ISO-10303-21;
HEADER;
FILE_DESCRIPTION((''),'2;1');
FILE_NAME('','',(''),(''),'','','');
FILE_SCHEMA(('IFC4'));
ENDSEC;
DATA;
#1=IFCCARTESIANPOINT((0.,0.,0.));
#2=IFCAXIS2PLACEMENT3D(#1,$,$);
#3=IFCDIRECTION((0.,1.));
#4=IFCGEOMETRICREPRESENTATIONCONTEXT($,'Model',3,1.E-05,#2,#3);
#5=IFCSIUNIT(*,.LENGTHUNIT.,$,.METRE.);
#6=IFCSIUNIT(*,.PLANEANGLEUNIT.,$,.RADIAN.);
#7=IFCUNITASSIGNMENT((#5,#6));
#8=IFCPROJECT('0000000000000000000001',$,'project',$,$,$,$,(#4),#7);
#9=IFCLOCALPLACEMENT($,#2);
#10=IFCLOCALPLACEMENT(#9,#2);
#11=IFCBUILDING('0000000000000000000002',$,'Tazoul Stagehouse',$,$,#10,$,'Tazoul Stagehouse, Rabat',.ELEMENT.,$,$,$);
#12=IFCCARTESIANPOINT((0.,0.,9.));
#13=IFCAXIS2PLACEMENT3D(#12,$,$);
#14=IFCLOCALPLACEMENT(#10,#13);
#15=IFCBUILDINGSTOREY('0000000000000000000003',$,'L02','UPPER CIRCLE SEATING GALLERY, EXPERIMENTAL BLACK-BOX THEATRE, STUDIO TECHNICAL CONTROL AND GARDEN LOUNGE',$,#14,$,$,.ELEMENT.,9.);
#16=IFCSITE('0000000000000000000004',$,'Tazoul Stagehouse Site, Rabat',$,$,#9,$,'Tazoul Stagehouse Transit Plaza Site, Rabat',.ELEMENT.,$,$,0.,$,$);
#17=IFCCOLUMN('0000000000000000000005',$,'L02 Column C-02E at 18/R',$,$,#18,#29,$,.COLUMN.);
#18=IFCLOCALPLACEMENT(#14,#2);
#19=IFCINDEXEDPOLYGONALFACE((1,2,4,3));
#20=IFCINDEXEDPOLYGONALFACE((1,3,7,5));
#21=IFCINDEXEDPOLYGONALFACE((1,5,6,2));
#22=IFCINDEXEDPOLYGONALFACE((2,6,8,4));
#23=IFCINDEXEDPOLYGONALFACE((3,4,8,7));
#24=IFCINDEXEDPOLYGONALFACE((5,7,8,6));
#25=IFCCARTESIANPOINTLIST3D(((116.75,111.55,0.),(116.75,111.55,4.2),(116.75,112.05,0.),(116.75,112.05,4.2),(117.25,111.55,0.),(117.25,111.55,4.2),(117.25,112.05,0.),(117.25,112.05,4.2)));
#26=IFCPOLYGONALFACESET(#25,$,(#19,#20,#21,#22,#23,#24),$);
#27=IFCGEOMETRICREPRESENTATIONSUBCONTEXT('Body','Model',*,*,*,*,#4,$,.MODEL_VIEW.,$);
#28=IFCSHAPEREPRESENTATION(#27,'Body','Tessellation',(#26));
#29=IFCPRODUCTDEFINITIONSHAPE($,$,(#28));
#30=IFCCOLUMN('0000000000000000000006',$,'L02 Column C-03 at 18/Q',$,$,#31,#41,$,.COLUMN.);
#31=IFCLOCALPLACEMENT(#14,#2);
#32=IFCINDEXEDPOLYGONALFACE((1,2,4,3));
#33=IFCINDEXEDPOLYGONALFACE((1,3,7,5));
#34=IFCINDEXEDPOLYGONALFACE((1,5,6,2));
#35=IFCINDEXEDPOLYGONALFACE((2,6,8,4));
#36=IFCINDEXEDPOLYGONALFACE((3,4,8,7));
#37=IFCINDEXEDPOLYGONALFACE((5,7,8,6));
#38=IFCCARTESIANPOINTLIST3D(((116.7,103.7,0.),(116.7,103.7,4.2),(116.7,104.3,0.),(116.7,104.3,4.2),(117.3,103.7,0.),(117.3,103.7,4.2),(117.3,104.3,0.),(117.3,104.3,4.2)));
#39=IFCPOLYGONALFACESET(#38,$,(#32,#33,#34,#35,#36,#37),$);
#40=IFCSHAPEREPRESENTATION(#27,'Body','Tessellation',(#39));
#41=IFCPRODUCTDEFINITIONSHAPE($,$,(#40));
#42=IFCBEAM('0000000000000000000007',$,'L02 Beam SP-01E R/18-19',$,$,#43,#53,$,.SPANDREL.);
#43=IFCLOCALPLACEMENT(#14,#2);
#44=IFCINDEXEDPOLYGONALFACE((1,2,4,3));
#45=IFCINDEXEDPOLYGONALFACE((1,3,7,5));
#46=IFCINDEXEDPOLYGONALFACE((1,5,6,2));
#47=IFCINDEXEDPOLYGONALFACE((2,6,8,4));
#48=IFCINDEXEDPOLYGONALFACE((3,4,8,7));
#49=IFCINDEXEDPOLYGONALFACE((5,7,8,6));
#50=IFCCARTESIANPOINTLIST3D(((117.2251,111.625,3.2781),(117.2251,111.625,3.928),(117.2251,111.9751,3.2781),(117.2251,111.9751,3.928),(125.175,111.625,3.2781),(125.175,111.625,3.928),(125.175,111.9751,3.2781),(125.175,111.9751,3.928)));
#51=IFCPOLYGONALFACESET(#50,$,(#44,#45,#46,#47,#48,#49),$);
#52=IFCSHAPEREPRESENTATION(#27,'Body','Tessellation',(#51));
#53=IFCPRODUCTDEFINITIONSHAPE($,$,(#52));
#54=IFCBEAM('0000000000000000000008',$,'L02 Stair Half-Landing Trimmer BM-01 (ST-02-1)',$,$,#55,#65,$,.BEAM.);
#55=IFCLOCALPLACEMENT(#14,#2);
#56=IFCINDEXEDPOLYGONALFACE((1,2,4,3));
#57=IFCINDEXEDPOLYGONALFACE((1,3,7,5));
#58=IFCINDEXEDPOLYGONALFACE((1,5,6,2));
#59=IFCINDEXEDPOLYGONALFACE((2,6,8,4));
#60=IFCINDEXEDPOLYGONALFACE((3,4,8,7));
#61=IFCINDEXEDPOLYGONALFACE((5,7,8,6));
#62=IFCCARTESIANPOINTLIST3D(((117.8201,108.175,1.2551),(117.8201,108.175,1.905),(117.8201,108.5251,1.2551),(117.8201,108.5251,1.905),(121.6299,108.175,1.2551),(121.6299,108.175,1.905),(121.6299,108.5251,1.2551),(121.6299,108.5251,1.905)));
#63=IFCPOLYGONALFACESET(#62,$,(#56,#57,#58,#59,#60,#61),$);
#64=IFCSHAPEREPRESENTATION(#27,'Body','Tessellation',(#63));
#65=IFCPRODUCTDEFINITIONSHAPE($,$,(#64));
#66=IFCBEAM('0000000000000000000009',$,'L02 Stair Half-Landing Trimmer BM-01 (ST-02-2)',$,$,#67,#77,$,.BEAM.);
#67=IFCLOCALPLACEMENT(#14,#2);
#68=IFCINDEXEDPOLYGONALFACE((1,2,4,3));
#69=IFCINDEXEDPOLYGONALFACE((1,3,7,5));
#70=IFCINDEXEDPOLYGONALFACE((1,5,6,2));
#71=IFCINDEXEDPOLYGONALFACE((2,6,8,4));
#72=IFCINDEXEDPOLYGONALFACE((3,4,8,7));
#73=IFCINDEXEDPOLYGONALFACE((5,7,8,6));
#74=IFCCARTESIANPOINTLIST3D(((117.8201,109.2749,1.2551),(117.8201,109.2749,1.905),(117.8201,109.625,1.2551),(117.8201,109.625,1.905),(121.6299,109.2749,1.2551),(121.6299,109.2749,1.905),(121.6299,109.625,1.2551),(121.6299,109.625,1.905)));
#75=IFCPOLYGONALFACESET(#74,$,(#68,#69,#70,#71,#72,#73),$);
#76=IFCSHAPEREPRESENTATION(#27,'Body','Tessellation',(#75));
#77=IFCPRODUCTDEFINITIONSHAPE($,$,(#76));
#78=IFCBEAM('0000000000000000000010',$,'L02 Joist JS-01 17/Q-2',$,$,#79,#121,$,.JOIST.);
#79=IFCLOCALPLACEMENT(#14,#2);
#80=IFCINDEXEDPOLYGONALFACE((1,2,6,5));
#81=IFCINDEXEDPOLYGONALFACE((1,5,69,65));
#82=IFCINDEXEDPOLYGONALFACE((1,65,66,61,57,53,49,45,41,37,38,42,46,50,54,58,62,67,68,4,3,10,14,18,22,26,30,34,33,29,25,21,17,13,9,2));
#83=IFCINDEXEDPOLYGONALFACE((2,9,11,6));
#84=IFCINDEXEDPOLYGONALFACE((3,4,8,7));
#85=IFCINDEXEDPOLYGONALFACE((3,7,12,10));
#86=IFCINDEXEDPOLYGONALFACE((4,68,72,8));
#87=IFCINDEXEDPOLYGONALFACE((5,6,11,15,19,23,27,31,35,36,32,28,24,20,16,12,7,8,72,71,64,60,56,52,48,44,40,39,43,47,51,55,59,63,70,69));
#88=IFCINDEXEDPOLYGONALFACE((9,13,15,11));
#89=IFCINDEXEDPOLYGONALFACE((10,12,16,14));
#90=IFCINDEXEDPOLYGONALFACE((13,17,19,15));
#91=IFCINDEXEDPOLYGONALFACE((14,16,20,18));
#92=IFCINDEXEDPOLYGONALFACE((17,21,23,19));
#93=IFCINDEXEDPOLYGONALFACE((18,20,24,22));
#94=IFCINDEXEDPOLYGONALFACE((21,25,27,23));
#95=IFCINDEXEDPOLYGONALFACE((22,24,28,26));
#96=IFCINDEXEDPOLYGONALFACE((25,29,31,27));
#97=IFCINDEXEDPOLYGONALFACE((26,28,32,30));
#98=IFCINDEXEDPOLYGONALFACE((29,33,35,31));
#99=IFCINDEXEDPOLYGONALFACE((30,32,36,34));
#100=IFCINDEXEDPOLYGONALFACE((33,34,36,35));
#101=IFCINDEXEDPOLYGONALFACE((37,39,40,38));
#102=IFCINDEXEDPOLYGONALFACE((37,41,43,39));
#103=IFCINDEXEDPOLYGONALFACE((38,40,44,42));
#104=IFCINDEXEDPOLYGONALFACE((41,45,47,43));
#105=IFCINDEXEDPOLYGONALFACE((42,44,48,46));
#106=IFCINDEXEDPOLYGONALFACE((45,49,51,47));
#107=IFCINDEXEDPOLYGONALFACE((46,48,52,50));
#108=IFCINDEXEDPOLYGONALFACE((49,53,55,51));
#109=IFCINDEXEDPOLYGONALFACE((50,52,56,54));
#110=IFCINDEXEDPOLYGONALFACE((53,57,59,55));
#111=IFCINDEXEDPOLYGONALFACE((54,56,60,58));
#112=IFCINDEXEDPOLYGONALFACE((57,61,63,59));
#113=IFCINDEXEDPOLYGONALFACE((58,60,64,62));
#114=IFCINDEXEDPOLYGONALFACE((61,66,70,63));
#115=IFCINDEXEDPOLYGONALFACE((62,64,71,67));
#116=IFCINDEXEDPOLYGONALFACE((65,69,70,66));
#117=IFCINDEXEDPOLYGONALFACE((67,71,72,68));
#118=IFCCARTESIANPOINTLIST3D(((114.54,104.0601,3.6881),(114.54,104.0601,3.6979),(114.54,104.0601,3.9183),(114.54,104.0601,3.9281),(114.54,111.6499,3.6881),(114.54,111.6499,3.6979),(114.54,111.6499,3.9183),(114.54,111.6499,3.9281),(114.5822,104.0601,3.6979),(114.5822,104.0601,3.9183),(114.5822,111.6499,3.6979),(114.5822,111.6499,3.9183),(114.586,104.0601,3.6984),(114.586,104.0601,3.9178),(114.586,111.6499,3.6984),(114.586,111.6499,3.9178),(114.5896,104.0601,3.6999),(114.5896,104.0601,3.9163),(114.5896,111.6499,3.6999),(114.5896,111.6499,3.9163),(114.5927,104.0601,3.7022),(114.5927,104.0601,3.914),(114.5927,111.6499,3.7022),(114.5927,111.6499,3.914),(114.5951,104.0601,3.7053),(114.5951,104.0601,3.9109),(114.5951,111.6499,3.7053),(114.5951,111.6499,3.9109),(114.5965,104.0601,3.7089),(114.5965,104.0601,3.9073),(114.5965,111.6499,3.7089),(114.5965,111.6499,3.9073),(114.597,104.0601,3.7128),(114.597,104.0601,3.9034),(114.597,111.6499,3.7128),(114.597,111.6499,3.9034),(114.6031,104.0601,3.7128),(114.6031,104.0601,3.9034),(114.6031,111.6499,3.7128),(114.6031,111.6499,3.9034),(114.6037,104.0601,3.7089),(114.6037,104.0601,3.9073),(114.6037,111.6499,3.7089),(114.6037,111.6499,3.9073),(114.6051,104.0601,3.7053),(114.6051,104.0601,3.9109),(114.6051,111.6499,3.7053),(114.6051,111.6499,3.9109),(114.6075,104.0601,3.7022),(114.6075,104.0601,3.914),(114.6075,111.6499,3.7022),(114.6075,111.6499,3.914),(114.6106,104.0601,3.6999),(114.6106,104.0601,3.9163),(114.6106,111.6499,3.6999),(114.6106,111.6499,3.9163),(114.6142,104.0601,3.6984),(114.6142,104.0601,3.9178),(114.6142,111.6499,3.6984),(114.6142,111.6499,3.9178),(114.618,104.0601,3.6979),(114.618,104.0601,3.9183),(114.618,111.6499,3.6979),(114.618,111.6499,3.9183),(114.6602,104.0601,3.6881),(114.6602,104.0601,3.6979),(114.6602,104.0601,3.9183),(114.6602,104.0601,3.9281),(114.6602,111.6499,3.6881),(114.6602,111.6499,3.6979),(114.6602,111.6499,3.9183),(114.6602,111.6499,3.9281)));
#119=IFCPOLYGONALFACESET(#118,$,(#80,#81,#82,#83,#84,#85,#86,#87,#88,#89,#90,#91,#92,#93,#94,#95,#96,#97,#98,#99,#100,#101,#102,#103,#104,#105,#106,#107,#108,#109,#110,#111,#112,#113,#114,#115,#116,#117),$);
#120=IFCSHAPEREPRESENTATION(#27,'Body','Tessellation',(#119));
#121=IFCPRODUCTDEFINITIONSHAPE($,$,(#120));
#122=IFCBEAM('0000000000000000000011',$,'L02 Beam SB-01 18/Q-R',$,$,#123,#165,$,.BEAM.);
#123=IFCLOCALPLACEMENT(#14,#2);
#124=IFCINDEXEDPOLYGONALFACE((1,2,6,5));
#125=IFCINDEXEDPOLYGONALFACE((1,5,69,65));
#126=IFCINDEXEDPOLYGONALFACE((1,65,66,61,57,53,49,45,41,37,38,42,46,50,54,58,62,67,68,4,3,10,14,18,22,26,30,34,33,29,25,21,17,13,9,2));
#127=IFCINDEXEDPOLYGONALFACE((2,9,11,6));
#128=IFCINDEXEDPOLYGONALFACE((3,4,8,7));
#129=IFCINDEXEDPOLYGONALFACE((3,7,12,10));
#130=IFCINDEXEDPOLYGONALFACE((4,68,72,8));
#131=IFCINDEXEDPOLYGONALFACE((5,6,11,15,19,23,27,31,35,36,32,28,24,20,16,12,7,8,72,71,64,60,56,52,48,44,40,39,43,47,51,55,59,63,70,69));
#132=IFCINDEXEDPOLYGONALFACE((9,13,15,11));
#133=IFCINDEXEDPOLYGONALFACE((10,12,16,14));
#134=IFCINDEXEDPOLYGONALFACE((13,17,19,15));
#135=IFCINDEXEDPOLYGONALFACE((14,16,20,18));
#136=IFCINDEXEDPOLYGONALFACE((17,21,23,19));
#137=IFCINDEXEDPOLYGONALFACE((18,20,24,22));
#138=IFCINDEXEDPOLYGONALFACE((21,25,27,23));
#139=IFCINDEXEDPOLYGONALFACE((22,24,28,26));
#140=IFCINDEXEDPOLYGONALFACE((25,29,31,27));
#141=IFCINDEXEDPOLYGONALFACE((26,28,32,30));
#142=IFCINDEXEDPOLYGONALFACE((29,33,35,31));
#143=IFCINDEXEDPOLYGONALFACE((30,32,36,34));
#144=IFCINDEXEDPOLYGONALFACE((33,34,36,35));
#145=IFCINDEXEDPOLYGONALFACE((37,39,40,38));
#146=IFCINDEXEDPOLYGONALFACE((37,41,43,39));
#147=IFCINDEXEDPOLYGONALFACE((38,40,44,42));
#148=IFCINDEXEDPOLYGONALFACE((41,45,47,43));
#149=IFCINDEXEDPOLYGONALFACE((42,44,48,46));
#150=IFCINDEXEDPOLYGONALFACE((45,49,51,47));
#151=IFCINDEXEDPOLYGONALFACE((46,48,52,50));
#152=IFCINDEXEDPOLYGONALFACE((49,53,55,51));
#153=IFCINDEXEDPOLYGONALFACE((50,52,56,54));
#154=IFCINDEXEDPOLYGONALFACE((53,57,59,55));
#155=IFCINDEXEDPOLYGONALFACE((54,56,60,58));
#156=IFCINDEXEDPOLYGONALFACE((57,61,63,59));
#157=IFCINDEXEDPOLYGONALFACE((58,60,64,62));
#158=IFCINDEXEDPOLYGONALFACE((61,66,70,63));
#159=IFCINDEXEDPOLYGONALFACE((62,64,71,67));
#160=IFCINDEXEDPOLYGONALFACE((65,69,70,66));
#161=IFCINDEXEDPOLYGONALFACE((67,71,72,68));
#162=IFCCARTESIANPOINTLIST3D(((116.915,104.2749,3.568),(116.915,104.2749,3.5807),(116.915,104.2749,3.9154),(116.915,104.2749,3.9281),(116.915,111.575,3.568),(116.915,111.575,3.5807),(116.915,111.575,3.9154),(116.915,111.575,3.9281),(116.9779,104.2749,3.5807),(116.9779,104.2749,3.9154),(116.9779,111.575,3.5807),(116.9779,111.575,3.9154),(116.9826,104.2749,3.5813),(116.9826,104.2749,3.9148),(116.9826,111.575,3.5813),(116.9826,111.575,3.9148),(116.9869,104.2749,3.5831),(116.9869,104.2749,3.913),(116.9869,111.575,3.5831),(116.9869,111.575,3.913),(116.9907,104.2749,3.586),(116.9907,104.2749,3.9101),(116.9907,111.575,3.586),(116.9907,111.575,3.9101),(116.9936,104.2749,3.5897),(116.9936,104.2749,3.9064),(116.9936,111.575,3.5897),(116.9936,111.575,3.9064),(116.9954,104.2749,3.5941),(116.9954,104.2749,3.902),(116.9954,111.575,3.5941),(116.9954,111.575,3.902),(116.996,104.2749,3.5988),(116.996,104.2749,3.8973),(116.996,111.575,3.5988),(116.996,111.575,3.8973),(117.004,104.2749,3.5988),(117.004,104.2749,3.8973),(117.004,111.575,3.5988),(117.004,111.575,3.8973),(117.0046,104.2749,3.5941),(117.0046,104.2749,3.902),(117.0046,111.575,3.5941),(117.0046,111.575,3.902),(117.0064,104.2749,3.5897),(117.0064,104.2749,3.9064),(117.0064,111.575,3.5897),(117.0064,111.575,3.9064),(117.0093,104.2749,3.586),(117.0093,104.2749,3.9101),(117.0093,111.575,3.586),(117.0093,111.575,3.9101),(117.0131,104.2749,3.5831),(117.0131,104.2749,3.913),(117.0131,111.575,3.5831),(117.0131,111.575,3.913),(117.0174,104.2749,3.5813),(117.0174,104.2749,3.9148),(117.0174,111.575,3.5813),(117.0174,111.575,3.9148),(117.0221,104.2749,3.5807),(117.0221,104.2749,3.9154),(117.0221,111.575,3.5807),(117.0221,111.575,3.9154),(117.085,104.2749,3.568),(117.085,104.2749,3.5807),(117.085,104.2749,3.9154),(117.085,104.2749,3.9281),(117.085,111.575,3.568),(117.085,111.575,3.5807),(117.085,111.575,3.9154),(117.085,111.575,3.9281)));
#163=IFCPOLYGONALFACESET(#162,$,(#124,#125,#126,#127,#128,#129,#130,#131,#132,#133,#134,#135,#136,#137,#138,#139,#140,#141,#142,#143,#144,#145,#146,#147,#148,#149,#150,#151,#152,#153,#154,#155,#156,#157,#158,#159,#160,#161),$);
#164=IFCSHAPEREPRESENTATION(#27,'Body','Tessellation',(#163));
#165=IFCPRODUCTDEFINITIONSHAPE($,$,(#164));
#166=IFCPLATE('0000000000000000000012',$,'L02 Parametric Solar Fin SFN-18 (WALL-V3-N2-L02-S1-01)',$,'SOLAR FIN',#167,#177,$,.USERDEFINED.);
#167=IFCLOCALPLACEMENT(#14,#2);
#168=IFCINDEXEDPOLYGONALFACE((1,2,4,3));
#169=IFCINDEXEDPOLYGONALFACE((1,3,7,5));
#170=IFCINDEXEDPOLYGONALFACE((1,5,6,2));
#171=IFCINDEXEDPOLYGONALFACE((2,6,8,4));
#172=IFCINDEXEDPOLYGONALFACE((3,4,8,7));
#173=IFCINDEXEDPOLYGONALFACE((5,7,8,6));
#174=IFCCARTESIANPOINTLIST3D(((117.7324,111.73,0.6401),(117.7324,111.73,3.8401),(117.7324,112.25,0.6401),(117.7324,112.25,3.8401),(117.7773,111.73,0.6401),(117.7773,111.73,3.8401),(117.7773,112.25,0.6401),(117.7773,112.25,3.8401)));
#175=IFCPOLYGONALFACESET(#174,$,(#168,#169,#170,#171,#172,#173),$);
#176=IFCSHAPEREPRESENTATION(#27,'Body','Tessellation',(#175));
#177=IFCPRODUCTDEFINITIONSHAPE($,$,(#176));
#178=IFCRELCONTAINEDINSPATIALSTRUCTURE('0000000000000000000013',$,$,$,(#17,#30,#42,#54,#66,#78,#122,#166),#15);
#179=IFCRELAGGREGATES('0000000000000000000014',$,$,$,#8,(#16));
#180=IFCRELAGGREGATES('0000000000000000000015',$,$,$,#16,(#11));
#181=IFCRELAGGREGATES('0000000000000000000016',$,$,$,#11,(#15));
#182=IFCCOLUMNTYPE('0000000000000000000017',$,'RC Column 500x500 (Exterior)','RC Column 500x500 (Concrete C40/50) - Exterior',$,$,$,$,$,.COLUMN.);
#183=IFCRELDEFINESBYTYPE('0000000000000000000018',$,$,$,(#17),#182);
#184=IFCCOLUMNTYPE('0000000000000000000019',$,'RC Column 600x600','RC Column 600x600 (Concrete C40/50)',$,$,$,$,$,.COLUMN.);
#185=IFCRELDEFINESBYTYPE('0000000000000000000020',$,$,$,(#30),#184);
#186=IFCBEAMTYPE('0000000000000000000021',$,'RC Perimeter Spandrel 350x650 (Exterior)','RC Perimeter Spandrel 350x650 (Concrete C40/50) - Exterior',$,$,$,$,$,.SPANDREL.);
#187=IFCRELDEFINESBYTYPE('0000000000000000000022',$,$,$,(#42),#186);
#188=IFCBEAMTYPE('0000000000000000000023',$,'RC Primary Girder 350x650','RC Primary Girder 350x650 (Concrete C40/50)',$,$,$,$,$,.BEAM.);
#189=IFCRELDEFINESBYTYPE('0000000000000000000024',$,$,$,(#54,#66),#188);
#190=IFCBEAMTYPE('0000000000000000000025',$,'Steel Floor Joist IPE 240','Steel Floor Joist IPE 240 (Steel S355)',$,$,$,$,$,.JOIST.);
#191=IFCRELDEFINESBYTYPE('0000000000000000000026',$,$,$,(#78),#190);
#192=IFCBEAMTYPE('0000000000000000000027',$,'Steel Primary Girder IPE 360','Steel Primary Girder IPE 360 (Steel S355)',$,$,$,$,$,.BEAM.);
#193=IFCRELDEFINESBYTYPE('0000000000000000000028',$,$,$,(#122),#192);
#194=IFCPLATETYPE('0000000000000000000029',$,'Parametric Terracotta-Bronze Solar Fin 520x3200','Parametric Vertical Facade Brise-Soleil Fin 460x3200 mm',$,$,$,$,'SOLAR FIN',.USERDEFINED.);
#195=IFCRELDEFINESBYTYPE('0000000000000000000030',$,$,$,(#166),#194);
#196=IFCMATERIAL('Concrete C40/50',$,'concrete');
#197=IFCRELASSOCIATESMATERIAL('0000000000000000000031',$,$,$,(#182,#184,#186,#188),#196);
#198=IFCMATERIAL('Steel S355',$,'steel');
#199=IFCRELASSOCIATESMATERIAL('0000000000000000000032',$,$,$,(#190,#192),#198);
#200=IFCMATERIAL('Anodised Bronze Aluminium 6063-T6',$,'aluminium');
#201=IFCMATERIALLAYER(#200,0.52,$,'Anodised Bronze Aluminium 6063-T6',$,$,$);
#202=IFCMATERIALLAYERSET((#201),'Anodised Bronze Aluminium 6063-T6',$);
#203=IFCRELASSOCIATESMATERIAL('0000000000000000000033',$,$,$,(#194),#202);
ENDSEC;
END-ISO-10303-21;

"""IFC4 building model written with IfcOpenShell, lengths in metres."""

from ifc_helpers import new_model, si_unit, direction, frame, origin, origin_2d, place, context, subcontext, project, spatial, rectangle, i_section, extrude, material, layer, layer_set, material_profile, profile_set, type_object, element, save


model = new_model("IFC4")

# Units and contexts
model_context = context("Model", 3, precision=1e-05, world=origin(), true_north=direction((0.0, 1.0)))
body_context = subcontext(model_context, "Body", "Model", "MODEL_VIEW")
ifc_project = project(units=[si_unit("LENGTHUNIT", "METRE"), si_unit("PLANEANGLEUNIT", "RADIAN")], contexts=[model_context])

# Site, building, storey
site_placement = place(None, origin())
site = spatial("IfcSite", under=ifc_project, at=site_placement, Name="Tazoul Stagehouse Site, Rabat", LongName="Tazoul Stagehouse Transit Plaza Site, Rabat", CompositionType="ELEMENT", RefElevation=0.0)
building_placement = place(site_placement, origin())
building = spatial("IfcBuilding", under=site, at=building_placement, Name="Tazoul Stagehouse", LongName="Tazoul Stagehouse, Rabat", CompositionType="ELEMENT")
storey_placement = place(building_placement, frame((0.0, 0.0, 9.0)))
storey = spatial("IfcBuildingStorey", under=building, at=storey_placement, Name="L02", Description="UPPER CIRCLE SEATING GALLERY, EXPERIMENTAL BLACK-BOX THEATRE, STUDIO TECHNICAL CONTROL AND GARDEN LOUNGE", CompositionType="ELEMENT", Elevation=9.0)

# Columns
ifc_material_1 = material(Name="Concrete C40/50", Category="concrete")
ifc_material_profile_1 = material_profile(ifc_material_1, rectangle(XDim=0.5, YDim=0.5, at=origin_2d()), Name="RC 500x500")
ifc_profile_set_1 = profile_set([ifc_material_profile_1], Name="Concrete C40/50")
column_type_1 = type_object("IfcColumnType", Name="RC Column 500x500 (Exterior)", Description="RC Column 500x500 (Concrete C40/50) - Exterior", PredefinedType="COLUMN", material=ifc_profile_set_1)
column_1_placement = place(storey_placement, frame((117.0, 111.8, 0.0), z_axis=(0.0, 0.0, 1.0), x_axis=(1.0, 0.0, 0.0)))
element("IfcColumn", 1, at=column_1_placement, inside=storey, type_object=column_type_1, Name="L02 Column C-02E at 18/R", PredefinedType="COLUMN", context=body_context, shape_type="SweptSolid", body=[
    extrude(rectangle(XDim=0.5, YDim=0.5, at=origin_2d()), origin(), (0.0, 0.0, 1.0), 4.2),
])
ifc_material_profile_2 = material_profile(ifc_material_1, rectangle(XDim=0.6001, YDim=0.6001, at=origin_2d()), Name="RC 600x600")
ifc_profile_set_2 = profile_set([ifc_material_profile_2], Name="Concrete C40/50")
column_type_2 = type_object("IfcColumnType", Name="RC Column 600x600", Description="RC Column 600x600 (Concrete C40/50)", PredefinedType="COLUMN", material=ifc_profile_set_2)
column_2_placement = place(storey_placement, frame((117.0, 104.0, 0.0), z_axis=(0.0, 0.0, 1.0), x_axis=(1.0, 0.0, 0.0)))
element("IfcColumn", 2, at=column_2_placement, inside=storey, type_object=column_type_2, Name="L02 Column C-03 at 18/Q", PredefinedType="COLUMN", context=body_context, shape_type="SweptSolid", body=[
    extrude(rectangle(XDim=0.6001, YDim=0.6001, at=origin_2d()), origin(), (0.0, 0.0, 1.0), 4.2),
])

# Beams
ifc_material_profile_3 = material_profile(ifc_material_1, rectangle(XDim=0.3501, YDim=0.6499, at=origin_2d()), Name="RC 350x650")
ifc_profile_set_3 = profile_set([ifc_material_profile_3], Name="Concrete C40/50")
beam_type_1 = type_object("IfcBeamType", Name="RC Perimeter Spandrel 350x650 (Exterior)", Description="RC Perimeter Spandrel 350x650 (Concrete C40/50) - Exterior", PredefinedType="SPANDREL", material=ifc_profile_set_3)
beam_1_placement = place(storey_placement, frame((117.2251, 111.8, 3.603), z_axis=(1.0, 0.0, 0.0), x_axis=(0.0, 1.0, 0.0)))
element("IfcBeam", 3, at=beam_1_placement, inside=storey, type_object=beam_type_1, Name="L02 Beam SP-01E R/18-19", PredefinedType="SPANDREL", context=body_context, shape_type="SweptSolid", body=[
    extrude(rectangle(XDim=0.3501, YDim=0.6499, at=origin_2d()), origin(), (0.0, 0.0, 1.0), 7.95),
])
ifc_material_profile_4 = material_profile(ifc_material_1, rectangle(XDim=0.3501, YDim=0.6499, at=origin_2d()), Name="RC 350x650")
ifc_profile_set_4 = profile_set([ifc_material_profile_4], Name="Concrete C40/50")
beam_type_2 = type_object("IfcBeamType", Name="RC Primary Girder 350x650", Description="RC Primary Girder 350x650 (Concrete C40/50)", PredefinedType="BEAM", material=ifc_profile_set_4)
for number, where, z_axis, x_axis, name in (
    (4, (117.8201, 108.3501, 1.5801), (1.0, 0.0, 0.0), (0.0, 1.0, 0.0), "L02 Stair Half-Landing Trimmer BM-01 (ST-02-1)"),
    (5, (117.8201, 109.45, 1.5801), (1.0, 0.0, 0.0), (0.0, 1.0, 0.0), "L02 Stair Half-Landing Trimmer BM-01 (ST-02-2)"),
):
    element("IfcBeam", number, at=place(storey_placement, frame(where, z_axis=z_axis, x_axis=x_axis)), inside=storey, type_object=beam_type_2, Name=name, PredefinedType="BEAM", context=body_context, shape_type="SweptSolid", body=[
        extrude(rectangle(XDim=0.3501, YDim=0.6499, at=origin_2d()), origin(), (0.0, 0.0, 1.0), 3.8098),
    ])
ifc_material_2 = material(Name="Steel S355", Category="steel")
ifc_material_profile_5 = material_profile(ifc_material_2, i_section(OverallWidth=0.1201, OverallDepth=0.24, WebThickness=0.0061, FlangeThickness=0.0098, FilletRadius=0.0149, at=origin_2d()), Name="IPE 240")
ifc_profile_set_5 = profile_set([ifc_material_profile_5], Name="Steel S355")
beam_type_3 = type_object("IfcBeamType", Name="Steel Floor Joist IPE 240", Description="Steel Floor Joist IPE 240 (Steel S355)", PredefinedType="JOIST", material=ifc_profile_set_5)
beam_2_placement = place(storey_placement, frame((114.6001, 104.0601, 3.8081), z_axis=(0.0, 1.0, 0.0), x_axis=(-1.0, 0.0, 0.0)))
element("IfcBeam", 6, at=beam_2_placement, inside=storey, type_object=beam_type_3, Name="L02 Joist JS-01 17/Q-2", PredefinedType="JOIST", context=body_context, shape_type="SweptSolid", body=[
    extrude(i_section(OverallWidth=0.1201, OverallDepth=0.24, WebThickness=0.0061, FlangeThickness=0.0098, FilletRadius=0.0149, at=origin_2d()), origin(), (0.0, 0.0, 1.0), 7.5898),
])
ifc_material_profile_6 = material_profile(ifc_material_2, i_section(OverallWidth=0.1699, OverallDepth=0.3601, WebThickness=0.0081, FlangeThickness=0.0127, FilletRadius=0.0181, at=origin_2d()), Name="IPE 360")
ifc_profile_set_6 = profile_set([ifc_material_profile_6], Name="Steel S355")
beam_type_4 = type_object("IfcBeamType", Name="Steel Primary Girder IPE 360", Description="Steel Primary Girder IPE 360 (Steel S355)", PredefinedType="BEAM", material=ifc_profile_set_6)
beam_3_placement = place(storey_placement, frame((117.0, 104.2749, 3.748), z_axis=(0.0, 1.0, 0.0), x_axis=(-1.0, 0.0, 0.0)))
element("IfcBeam", 7, at=beam_3_placement, inside=storey, type_object=beam_type_4, Name="L02 Beam SB-01 18/Q-R", PredefinedType="BEAM", context=body_context, shape_type="SweptSolid", body=[
    extrude(i_section(OverallWidth=0.1699, OverallDepth=0.3601, WebThickness=0.0081, FlangeThickness=0.0127, FilletRadius=0.0181, at=origin_2d()), origin(), (0.0, 0.0, 1.0), 7.3),
])

# Plate
ifc_material_3 = material(Name="Anodised Bronze Aluminium 6063-T6", Category="aluminium")
ifc_layer_1 = layer(ifc_material_3, 0.52, Name="Anodised Bronze Aluminium 6063-T6")
ifc_layer_set_1 = layer_set([ifc_layer_1], Name="Anodised Bronze Aluminium 6063-T6")
plate_type_1 = type_object("IfcPlateType", Name="Parametric Terracotta-Bronze Solar Fin 520x3200", Description="Parametric Vertical Facade Brise-Soleil Fin 460x3200 mm", ElementType="SOLAR FIN", PredefinedType="USERDEFINED", material=ifc_layer_set_1)
plate_1_placement = place(storey_placement, frame((117.7549, 111.99, 0.6401), z_axis=(0.0, 0.0, 1.0), x_axis=(1.0, 0.0, 0.0)))
element("IfcPlate", 8, at=plate_1_placement, inside=storey, type_object=plate_type_1, Name="L02 Parametric Solar Fin SFN-18 (WALL-V3-N2-L02-S1-01)", ObjectType="SOLAR FIN", PredefinedType="USERDEFINED", context=body_context, shape_type="SweptSolid", body=[
    extrude(rectangle(XDim=0.0449, YDim=0.52, at=origin_2d()), origin(), (0.0, 0.0, 1.0), 3.2),
])

save(model, "model.ifc")
